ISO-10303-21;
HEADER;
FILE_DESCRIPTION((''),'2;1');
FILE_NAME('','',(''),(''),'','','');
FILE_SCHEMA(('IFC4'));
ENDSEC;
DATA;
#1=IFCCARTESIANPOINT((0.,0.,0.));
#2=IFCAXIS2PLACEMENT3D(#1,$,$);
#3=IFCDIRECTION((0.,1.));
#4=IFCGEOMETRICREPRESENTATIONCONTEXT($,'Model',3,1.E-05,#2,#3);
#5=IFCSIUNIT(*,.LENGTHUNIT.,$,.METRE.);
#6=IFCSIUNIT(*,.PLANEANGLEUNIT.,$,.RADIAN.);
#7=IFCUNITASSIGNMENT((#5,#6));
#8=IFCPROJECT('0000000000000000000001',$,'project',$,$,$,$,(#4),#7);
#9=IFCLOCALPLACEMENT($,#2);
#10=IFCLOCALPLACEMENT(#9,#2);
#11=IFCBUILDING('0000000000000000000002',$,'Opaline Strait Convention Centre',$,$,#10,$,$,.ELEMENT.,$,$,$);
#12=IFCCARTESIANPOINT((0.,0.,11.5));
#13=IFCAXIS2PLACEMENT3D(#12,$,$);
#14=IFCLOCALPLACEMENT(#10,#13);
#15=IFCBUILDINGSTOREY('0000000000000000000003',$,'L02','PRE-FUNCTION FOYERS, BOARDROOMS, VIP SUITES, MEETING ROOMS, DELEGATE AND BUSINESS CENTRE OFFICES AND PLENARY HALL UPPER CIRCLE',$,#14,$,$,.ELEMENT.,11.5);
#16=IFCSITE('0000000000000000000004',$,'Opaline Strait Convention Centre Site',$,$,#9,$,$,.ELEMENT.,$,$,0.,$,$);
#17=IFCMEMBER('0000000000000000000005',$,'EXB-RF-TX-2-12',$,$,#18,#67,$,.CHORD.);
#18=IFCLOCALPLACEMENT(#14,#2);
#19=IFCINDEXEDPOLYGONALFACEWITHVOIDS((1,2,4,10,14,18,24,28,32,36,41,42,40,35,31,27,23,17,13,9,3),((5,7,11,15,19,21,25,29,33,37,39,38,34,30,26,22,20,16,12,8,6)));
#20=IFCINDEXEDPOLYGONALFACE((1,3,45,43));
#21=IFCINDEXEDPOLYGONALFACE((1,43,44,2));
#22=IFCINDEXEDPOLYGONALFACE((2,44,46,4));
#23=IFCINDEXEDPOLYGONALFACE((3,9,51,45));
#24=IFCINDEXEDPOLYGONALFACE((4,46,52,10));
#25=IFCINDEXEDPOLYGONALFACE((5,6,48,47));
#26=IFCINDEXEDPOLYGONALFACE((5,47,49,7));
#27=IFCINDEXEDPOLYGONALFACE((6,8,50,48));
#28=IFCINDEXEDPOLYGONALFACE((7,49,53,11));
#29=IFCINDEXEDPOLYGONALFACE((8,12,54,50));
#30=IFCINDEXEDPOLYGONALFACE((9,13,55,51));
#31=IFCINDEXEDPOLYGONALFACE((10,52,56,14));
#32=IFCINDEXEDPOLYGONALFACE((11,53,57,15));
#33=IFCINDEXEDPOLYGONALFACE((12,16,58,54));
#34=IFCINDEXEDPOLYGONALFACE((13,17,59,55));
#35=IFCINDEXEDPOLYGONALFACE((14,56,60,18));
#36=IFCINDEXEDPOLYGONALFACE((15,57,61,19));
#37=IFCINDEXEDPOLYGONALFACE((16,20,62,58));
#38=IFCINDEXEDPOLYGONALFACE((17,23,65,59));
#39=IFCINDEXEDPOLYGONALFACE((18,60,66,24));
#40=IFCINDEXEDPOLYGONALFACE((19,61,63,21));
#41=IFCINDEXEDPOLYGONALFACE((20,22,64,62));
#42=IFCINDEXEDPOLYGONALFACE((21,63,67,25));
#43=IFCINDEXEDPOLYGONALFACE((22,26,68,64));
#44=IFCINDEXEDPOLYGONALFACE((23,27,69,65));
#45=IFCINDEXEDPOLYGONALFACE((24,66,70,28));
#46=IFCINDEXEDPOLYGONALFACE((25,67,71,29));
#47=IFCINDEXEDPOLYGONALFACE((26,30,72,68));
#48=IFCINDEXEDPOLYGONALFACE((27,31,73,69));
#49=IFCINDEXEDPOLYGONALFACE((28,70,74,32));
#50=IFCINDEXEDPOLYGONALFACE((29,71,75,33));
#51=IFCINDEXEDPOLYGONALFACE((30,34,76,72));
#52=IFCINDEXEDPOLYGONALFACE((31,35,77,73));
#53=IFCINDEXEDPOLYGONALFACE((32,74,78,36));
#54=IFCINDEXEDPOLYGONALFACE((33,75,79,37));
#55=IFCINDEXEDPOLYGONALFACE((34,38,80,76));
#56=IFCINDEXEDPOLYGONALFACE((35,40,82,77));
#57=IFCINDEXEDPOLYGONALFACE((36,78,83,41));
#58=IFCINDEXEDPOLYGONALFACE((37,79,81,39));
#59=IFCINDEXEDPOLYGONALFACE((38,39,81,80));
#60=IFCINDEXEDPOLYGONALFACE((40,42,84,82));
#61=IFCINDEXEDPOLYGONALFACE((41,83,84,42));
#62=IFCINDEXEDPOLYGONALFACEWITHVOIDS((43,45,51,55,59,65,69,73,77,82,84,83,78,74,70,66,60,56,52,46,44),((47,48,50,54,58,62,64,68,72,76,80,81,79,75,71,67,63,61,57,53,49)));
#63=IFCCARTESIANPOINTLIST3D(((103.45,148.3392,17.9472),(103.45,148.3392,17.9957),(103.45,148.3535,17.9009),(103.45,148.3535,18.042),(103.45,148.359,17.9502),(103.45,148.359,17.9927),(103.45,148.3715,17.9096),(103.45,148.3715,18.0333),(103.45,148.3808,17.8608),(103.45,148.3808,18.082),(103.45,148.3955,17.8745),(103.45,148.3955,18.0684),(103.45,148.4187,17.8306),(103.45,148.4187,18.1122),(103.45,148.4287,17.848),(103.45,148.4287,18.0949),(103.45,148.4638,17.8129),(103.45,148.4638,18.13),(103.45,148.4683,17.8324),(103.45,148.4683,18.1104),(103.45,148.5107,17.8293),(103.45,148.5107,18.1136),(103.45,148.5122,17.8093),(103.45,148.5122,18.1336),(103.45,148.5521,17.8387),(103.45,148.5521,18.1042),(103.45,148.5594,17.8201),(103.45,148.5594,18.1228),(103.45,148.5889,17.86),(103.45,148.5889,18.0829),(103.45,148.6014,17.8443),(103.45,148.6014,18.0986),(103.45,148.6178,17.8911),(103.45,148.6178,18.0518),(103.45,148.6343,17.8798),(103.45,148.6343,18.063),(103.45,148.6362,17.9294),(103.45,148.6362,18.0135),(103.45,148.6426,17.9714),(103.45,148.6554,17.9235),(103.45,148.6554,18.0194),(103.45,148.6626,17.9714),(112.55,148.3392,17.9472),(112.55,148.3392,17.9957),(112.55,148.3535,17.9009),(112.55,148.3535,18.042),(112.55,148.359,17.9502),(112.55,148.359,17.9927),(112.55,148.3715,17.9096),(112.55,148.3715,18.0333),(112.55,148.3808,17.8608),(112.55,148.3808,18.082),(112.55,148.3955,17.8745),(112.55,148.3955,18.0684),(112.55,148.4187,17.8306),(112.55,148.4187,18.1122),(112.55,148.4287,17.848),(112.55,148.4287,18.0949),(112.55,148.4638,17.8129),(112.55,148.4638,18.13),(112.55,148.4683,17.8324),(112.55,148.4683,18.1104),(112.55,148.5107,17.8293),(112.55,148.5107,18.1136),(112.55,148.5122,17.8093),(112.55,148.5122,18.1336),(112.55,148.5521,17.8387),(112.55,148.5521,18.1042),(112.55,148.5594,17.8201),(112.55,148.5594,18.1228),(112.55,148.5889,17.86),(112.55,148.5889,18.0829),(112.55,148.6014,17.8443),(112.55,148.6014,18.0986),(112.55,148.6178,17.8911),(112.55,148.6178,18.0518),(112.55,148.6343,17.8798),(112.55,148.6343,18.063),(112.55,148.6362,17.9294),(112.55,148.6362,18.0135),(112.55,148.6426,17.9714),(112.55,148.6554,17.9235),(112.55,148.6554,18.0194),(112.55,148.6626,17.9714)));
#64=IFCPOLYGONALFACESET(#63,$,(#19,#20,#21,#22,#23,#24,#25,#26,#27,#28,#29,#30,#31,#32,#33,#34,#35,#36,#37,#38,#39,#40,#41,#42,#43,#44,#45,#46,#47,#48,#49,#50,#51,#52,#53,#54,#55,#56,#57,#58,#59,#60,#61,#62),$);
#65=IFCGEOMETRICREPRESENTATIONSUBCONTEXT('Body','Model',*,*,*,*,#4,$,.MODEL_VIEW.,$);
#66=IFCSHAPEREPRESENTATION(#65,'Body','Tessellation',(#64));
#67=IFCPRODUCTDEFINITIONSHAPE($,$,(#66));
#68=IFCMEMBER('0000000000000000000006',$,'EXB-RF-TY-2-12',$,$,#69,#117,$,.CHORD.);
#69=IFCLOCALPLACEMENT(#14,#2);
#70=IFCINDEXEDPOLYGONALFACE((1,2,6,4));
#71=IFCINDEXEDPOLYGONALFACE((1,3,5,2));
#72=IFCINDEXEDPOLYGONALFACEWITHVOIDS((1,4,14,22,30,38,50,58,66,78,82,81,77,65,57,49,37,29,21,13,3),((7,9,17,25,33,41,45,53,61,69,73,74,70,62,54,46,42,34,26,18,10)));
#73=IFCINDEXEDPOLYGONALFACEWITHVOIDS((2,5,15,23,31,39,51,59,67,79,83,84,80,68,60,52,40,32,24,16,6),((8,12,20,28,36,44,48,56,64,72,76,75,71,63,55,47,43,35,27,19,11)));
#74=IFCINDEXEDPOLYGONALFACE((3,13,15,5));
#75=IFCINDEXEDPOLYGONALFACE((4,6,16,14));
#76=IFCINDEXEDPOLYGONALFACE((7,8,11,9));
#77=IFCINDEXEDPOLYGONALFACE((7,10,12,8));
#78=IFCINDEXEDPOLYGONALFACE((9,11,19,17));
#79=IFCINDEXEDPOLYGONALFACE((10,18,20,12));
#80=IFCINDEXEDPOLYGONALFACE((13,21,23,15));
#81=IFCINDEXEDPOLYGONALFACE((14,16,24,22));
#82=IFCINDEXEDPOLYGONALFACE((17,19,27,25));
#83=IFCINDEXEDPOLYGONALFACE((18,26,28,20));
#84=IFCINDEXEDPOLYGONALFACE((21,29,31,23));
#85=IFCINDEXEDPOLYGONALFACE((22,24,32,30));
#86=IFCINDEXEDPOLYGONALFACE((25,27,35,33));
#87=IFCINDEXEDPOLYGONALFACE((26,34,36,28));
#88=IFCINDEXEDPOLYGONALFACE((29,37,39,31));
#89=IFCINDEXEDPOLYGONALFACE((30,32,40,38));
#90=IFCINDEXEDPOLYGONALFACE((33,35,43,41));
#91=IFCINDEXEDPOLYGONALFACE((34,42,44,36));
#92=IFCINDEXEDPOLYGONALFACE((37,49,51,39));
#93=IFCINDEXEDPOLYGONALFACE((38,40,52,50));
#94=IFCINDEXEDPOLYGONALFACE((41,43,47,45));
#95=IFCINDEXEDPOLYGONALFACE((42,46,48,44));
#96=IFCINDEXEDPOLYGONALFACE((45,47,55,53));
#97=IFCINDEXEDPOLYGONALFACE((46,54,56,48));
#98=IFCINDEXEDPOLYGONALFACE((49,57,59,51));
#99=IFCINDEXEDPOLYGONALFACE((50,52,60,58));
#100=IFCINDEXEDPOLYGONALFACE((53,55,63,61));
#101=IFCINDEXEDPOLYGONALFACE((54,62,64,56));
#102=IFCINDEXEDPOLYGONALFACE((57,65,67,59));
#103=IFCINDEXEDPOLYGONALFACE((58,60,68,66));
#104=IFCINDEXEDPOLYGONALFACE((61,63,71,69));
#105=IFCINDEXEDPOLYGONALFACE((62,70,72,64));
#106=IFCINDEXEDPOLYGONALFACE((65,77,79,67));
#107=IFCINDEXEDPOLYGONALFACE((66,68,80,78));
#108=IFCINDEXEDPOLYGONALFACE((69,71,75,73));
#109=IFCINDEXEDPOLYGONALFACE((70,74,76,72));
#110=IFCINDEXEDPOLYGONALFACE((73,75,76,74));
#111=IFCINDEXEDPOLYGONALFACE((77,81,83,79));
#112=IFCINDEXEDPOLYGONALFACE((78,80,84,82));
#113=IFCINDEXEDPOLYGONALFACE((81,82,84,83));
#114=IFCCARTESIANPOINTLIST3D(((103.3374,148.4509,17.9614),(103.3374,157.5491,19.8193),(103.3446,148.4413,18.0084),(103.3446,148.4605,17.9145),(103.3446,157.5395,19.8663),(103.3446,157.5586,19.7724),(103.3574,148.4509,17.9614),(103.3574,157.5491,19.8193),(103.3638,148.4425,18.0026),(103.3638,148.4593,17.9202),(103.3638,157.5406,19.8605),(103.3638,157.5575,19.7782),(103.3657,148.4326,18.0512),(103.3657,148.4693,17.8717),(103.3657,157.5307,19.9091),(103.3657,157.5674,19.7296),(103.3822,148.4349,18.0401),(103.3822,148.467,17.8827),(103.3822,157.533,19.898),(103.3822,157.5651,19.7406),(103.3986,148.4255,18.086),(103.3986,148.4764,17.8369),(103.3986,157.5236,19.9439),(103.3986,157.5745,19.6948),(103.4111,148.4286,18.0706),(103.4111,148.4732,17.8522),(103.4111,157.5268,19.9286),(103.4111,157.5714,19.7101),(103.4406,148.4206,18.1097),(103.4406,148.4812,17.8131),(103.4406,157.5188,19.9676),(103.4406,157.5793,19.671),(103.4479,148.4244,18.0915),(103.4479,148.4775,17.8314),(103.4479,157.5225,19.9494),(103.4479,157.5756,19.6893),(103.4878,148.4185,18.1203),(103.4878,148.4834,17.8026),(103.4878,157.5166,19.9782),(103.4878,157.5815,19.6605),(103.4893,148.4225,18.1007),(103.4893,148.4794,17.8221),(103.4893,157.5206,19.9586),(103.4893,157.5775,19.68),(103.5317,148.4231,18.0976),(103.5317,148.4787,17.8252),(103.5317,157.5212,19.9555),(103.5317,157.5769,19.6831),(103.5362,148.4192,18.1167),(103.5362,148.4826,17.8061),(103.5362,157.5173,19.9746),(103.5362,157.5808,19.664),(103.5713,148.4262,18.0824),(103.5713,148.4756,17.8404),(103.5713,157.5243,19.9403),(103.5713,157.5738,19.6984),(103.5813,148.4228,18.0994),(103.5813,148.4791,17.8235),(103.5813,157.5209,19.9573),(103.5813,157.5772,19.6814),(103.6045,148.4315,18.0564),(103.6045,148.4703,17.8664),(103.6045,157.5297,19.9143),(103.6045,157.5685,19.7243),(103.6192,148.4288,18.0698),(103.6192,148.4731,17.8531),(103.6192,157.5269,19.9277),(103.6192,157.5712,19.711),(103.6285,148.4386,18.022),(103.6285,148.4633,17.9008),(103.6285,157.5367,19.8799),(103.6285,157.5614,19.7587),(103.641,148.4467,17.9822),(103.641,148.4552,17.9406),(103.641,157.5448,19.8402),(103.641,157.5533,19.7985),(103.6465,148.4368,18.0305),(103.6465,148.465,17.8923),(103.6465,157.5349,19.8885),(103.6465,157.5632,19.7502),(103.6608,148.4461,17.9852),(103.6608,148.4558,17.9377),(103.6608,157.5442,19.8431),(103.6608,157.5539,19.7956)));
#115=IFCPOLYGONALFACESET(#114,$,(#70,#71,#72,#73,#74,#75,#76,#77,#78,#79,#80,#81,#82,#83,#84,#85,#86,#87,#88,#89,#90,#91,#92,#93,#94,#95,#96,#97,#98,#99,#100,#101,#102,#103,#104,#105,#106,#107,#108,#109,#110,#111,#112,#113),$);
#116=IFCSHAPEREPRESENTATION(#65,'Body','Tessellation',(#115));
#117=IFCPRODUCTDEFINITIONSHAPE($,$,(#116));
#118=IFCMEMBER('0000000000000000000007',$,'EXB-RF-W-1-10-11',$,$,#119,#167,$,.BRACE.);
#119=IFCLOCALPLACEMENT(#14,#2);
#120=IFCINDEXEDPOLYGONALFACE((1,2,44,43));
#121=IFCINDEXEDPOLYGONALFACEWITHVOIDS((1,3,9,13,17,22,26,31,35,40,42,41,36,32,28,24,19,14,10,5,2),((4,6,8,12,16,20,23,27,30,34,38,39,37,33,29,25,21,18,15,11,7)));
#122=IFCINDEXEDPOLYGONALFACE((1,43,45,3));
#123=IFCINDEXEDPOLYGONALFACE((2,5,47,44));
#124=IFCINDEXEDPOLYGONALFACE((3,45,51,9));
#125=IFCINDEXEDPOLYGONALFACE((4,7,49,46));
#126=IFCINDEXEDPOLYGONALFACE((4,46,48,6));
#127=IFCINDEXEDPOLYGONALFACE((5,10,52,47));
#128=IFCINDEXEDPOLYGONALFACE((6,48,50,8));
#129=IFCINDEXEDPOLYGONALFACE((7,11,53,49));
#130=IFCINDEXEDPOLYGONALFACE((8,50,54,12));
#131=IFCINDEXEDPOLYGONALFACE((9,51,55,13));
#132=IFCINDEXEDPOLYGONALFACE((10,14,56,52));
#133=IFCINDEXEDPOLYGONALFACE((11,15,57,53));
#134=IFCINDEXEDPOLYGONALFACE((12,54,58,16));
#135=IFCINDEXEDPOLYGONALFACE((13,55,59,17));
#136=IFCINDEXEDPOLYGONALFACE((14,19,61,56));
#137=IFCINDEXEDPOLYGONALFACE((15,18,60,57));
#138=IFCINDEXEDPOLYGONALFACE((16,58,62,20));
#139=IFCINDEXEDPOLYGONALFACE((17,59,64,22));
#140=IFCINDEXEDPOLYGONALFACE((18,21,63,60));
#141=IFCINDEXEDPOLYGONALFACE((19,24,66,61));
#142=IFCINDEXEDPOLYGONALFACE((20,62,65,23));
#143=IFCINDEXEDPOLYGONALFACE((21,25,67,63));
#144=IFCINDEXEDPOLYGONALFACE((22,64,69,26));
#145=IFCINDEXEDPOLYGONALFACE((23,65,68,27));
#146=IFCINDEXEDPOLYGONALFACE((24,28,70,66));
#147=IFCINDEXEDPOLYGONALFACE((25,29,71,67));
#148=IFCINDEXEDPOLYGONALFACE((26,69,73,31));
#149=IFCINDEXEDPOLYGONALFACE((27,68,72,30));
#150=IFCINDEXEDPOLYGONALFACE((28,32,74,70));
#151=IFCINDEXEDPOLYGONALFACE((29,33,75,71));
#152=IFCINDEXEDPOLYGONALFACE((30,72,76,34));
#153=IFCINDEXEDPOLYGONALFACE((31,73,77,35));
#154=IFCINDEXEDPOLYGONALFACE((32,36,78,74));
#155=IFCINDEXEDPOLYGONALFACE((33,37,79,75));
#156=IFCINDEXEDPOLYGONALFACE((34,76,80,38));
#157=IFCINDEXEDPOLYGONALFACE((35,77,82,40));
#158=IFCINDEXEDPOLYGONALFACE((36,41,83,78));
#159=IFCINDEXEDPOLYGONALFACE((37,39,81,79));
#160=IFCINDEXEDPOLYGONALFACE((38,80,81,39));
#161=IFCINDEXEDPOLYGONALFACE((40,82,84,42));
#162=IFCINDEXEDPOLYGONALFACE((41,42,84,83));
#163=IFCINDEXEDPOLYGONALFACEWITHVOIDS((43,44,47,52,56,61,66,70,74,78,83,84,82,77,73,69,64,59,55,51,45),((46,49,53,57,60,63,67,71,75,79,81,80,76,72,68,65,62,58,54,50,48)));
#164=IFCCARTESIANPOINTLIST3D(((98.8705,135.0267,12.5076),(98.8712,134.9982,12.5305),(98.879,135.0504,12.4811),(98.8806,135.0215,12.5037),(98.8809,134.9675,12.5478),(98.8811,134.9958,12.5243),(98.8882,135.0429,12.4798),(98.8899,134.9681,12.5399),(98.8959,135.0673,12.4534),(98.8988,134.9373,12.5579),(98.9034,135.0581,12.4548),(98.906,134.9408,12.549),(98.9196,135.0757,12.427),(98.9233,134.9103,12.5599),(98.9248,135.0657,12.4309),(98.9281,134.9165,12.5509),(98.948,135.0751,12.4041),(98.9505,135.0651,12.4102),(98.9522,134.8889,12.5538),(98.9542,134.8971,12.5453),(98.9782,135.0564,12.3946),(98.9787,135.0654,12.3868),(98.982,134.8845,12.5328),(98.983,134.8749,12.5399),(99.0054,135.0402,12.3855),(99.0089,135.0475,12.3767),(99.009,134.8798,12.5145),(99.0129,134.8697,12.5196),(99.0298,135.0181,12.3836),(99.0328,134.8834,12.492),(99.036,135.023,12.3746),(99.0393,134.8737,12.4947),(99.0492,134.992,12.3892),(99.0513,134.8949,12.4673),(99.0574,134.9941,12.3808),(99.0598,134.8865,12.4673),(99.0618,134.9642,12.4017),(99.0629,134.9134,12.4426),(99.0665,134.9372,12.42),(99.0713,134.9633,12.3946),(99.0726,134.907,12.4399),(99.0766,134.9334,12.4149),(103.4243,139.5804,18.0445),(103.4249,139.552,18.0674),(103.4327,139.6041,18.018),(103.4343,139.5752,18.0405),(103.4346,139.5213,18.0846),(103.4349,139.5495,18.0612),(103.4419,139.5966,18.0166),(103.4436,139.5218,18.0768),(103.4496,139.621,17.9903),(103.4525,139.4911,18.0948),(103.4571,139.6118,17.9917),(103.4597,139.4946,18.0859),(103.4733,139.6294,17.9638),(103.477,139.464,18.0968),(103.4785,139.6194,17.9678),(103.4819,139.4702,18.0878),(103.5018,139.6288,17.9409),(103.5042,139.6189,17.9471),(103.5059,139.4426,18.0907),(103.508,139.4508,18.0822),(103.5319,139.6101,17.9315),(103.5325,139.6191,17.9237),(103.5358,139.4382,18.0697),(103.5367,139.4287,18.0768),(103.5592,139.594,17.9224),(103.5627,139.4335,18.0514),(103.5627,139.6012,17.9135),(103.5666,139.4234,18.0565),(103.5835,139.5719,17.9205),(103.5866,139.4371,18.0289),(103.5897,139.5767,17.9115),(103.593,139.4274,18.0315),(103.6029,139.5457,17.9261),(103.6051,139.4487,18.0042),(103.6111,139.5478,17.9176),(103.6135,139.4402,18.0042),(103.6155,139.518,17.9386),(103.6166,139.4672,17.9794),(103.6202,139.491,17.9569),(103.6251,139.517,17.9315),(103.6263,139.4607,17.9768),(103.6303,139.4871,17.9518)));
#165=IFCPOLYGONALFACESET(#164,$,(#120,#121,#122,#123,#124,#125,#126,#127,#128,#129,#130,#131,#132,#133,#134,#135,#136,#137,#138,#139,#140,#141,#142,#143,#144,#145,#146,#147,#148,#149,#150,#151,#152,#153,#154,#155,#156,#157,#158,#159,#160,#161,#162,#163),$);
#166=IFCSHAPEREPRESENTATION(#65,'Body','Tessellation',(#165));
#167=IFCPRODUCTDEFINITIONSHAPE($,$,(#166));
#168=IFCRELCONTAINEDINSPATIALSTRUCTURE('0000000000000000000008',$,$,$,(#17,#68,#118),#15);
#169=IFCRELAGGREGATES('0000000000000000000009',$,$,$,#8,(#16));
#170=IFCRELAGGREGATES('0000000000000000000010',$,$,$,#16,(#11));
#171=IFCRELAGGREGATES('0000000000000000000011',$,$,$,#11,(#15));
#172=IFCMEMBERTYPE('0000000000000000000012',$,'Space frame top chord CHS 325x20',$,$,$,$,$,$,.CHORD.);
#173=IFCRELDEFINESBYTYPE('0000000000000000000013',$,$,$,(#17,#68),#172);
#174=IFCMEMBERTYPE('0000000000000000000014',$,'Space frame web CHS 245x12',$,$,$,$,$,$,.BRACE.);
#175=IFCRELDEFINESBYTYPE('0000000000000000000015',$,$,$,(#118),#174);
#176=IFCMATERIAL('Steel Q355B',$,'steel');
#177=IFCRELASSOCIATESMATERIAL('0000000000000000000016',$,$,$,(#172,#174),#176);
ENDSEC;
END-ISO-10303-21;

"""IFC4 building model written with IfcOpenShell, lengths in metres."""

from ifc_helpers import new_model, si_unit, direction, frame, origin, origin_2d, place, context, subcontext, project, spatial, hollow_circle, extrude, material, material_profile, profile_set, type_object, element, save


model = new_model("IFC4")

# Units and contexts
model_context = context("Model", 3, precision=1e-05, world=origin(), true_north=direction((0.0, 1.0)))
body_context = subcontext(model_context, "Body", "Model", "MODEL_VIEW")
ifc_project = project(units=[si_unit("LENGTHUNIT", "METRE"), si_unit("PLANEANGLEUNIT", "RADIAN")], contexts=[model_context])

# Site, building, storey
site_placement = place(None, origin())
site = spatial("IfcSite", under=ifc_project, at=site_placement, Name="Opaline Strait Convention Centre Site", CompositionType="ELEMENT", RefElevation=0.0)
building_placement = place(site_placement, origin())
building = spatial("IfcBuilding", under=site, at=building_placement, Name="Opaline Strait Convention Centre", CompositionType="ELEMENT")
storey_placement = place(building_placement, frame((0.0, 0.0, 11.5)))
storey = spatial("IfcBuildingStorey", under=building, at=storey_placement, Name="L02", Description="PRE-FUNCTION FOYERS, BOARDROOMS, VIP SUITES, MEETING ROOMS, DELEGATE AND BUSINESS CENTRE OFFICES AND PLENARY HALL UPPER CIRCLE", CompositionType="ELEMENT", Elevation=11.5)

# Shared definitions
ifc_material_1 = material(Name="Steel Q355B", Category="steel")

# Members
ifc_material_profile_1 = material_profile(ifc_material_1, hollow_circle(Radius=0.1626, WallThickness=0.02, at=origin_2d()), Name="CHS 325x20")
ifc_profile_set_1 = profile_set([ifc_material_profile_1], Name="Steel Q355B")
member_type_1 = type_object("IfcMemberType", Name="Space frame top chord CHS 325x20", PredefinedType="CHORD", material=ifc_profile_set_1)
member_1_placement = place(storey_placement, frame((103.45, 148.5, 17.9714), z_axis=(1.0, 0.0, 0.0), x_axis=(0.0, 1.0, 0.0)))
element("IfcMember", 1, at=member_1_placement, inside=storey, type_object=member_type_1, Name="EXB-RF-TX-2-12", PredefinedType="CHORD", context=body_context, shape_type="SweptSolid", body=[
    extrude(hollow_circle(Radius=0.1626, WallThickness=0.02, at=origin_2d()), origin(), (0.0, 0.0, 1.0), 9.1001),
])
member_2_placement = place(storey_placement, frame((103.5, 148.4509, 17.9614), z_axis=(0.0, 0.97978, 0.200078), x_axis=(-1.0, 0.0, 0.0)))
element("IfcMember", 2, at=member_2_placement, inside=storey, type_object=member_type_1, Name="EXB-RF-TY-2-12", PredefinedType="CHORD", context=body_context, shape_type="SweptSolid", body=[
    extrude(hollow_circle(Radius=0.1626, WallThickness=0.02, at=origin_2d()), origin(), (0.0, 0.0, 1.0), 9.2859),
])
ifc_material_profile_2 = material_profile(ifc_material_1, hollow_circle(Radius=0.1226, WallThickness=0.012, at=origin_2d()), Name="CHS 245x12")
ifc_profile_set_2 = profile_set([ifc_material_profile_2], Name="Steel Q355B")
member_type_2 = type_object("IfcMemberType", Name="Space frame web CHS 245x12", PredefinedType="BRACE", material=ifc_profile_set_2)
for number, where, z_axis, x_axis, name in (
    (3, (103.5269, 139.5269, 18.0042), (-0.536178, -0.536178, -0.65194), (0.707107, -0.707107, 0.0), "EXB-RF-W-1-10-11"),
):
    element("IfcMember", number, at=place(storey_placement, frame(where, z_axis=z_axis, x_axis=x_axis)), inside=storey, type_object=member_type_2, Name=name, PredefinedType="BRACE", context=body_context, shape_type="SweptSolid", body=[
        extrude(hollow_circle(Radius=0.1226, WallThickness=0.012, at=origin_2d()), origin(), (0.0, 0.0, 1.0), 8.4929),
    ])

save(model, "model.ifc")
